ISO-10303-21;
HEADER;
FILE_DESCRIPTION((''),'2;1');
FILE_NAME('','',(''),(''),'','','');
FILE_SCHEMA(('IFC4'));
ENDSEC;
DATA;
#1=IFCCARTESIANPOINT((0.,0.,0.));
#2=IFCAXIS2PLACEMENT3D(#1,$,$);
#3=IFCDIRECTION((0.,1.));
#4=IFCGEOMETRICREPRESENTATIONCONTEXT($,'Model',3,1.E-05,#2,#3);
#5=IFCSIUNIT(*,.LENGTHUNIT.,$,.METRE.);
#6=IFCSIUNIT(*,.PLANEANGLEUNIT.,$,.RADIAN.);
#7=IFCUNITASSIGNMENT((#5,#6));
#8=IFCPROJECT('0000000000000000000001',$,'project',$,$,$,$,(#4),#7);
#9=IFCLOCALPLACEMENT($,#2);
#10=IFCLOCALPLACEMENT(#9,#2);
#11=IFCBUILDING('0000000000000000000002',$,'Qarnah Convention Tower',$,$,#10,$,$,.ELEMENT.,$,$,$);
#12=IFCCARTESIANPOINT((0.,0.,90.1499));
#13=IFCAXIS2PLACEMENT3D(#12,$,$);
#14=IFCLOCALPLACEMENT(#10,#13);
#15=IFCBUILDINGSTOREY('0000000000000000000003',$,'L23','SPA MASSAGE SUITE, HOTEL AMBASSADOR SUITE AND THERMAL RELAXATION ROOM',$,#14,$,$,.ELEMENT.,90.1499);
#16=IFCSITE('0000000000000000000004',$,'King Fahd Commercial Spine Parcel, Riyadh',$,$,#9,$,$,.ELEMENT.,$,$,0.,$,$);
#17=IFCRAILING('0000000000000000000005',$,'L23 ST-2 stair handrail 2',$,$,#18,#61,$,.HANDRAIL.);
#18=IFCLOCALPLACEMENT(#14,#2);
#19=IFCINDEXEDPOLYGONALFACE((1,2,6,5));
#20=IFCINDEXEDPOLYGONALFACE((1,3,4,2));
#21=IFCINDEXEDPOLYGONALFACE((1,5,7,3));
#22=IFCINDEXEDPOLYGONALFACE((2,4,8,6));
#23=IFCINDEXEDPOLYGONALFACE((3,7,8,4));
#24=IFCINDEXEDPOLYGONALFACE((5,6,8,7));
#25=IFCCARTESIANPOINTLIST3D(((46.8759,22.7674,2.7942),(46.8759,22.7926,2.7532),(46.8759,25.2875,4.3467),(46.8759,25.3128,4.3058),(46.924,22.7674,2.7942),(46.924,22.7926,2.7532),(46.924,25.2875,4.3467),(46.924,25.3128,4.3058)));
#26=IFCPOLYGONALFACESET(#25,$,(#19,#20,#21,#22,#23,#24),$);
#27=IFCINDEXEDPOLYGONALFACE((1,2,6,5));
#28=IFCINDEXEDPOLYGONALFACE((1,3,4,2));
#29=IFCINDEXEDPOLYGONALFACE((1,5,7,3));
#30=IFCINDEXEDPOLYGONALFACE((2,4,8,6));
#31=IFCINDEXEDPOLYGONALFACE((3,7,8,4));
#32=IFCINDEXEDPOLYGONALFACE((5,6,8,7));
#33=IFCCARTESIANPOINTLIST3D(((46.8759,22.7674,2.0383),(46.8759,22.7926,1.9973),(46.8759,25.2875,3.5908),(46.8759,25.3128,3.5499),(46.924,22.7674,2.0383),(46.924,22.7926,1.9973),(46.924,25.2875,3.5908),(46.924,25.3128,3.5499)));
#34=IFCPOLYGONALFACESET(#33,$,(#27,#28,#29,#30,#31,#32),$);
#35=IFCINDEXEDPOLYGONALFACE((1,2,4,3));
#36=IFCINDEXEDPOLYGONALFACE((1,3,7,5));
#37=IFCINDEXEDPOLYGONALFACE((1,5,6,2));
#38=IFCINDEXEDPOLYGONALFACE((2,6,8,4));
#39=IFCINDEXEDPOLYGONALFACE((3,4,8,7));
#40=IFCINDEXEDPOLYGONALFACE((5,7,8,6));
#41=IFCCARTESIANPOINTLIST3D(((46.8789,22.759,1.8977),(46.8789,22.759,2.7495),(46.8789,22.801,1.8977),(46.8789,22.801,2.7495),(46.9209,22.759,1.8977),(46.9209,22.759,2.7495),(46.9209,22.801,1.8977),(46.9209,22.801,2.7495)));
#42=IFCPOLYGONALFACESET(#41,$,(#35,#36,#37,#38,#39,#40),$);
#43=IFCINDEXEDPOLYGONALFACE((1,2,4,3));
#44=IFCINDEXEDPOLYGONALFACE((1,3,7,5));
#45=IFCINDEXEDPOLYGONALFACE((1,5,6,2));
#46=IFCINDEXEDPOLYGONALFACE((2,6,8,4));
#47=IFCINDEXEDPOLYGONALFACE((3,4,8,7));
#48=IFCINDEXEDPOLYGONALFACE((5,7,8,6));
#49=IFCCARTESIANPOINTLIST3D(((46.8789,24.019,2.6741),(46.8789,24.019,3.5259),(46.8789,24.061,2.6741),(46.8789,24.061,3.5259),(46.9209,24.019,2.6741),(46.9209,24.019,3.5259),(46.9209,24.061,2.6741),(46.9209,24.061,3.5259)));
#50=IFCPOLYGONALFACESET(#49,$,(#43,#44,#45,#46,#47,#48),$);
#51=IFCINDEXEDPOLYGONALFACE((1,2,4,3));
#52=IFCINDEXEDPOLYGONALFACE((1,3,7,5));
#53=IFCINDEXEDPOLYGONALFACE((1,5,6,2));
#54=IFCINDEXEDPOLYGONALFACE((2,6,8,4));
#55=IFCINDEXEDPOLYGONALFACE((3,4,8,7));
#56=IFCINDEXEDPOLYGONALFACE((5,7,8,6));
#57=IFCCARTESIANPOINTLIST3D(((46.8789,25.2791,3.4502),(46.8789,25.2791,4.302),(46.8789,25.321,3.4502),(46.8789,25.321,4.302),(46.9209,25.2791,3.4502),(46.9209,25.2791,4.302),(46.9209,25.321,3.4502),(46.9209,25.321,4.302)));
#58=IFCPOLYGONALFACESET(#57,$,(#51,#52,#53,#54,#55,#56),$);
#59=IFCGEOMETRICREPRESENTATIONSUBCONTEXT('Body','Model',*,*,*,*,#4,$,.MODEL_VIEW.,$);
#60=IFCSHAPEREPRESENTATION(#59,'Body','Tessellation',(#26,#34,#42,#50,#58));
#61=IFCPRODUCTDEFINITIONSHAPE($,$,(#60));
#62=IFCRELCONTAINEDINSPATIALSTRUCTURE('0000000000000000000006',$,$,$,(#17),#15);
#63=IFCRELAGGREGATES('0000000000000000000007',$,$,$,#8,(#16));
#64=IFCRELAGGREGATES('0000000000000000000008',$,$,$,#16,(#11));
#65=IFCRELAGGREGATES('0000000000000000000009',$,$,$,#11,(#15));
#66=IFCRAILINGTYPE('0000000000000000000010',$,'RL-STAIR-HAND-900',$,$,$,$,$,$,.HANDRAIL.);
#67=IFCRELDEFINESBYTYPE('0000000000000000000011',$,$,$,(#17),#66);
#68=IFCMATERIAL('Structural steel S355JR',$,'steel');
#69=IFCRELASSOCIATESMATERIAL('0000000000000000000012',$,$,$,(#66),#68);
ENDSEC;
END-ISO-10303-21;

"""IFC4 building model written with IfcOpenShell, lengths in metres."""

from ifc_helpers import new_model, si_unit, direction, frame, origin, origin_2d, place, context, subcontext, project, spatial, rectangle, extrude, material, type_object, element, save


model = new_model("IFC4")

# Units and contexts
model_context = context("Model", 3, precision=1e-05, world=origin(), true_north=direction((0.0, 1.0)))
body_context = subcontext(model_context, "Body", "Model", "MODEL_VIEW")
ifc_project = project(units=[si_unit("LENGTHUNIT", "METRE"), si_unit("PLANEANGLEUNIT", "RADIAN")], contexts=[model_context])

# Site, building, storey
site_placement = place(None, origin())
site = spatial("IfcSite", under=ifc_project, at=site_placement, Name="King Fahd Commercial Spine Parcel, Riyadh", CompositionType="ELEMENT", RefElevation=0.0)
building_placement = place(site_placement, origin())
building = spatial("IfcBuilding", under=site, at=building_placement, Name="Qarnah Convention Tower", CompositionType="ELEMENT")
storey_placement = place(building_placement, frame((0.0, 0.0, 90.1499)))
storey = spatial("IfcBuildingStorey", under=building, at=storey_placement, Name="L23", Description="SPA MASSAGE SUITE, HOTEL AMBASSADOR SUITE AND THERMAL RELAXATION ROOM", CompositionType="ELEMENT", Elevation=90.1499)

# Shared definitions
ifc_material_1 = material(Name="Structural steel S355JR", Category="steel")

# Railing
railing_type_1 = type_object("IfcRailingType", Name="RL-STAIR-HAND-900", PredefinedType="HANDRAIL", material=ifc_material_1)
railing_1_placement = place(storey_placement, frame((46.8999, 22.78, 1.8977)))
element("IfcRailing", 1, at=railing_1_placement, inside=storey, type_object=railing_type_1, Name="L23 ST-2 stair handrail 2", PredefinedType="HANDRAIL", context=body_context, shape_type="SweptSolid", body=[
    extrude(rectangle(XDim=0.0481, YDim=0.0481, at=origin_2d()), frame((0.0, 0.0, 0.876), z_axis=(0.0, 0.8514, 0.524516), x_axis=(-1.0, 0.0, 0.0)), (0.0, 0.0, 1.0), 2.96),
    extrude(rectangle(XDim=0.0481, YDim=0.0481, at=origin_2d()), frame((0.0, 0.0, 0.1201), z_axis=(0.0, 0.8514, 0.524516), x_axis=(-1.0, 0.0, 0.0)), (0.0, 0.0, 1.0), 2.96),
    extrude(rectangle(XDim=0.042, YDim=0.042, at=origin_2d()), origin(), (0.0, 0.0, 1.0), 0.8518),
    extrude(rectangle(XDim=0.042, YDim=0.042, at=origin_2d()), frame((0.0, 1.26, 0.7764)), (0.0, 0.0, 1.0), 0.8518),
    extrude(rectangle(XDim=0.042, YDim=0.042, at=origin_2d()), frame((0.0, 2.52, 1.5525)), (0.0, 0.0, 1.0), 0.8518),
])

save(model, "model.ifc")
